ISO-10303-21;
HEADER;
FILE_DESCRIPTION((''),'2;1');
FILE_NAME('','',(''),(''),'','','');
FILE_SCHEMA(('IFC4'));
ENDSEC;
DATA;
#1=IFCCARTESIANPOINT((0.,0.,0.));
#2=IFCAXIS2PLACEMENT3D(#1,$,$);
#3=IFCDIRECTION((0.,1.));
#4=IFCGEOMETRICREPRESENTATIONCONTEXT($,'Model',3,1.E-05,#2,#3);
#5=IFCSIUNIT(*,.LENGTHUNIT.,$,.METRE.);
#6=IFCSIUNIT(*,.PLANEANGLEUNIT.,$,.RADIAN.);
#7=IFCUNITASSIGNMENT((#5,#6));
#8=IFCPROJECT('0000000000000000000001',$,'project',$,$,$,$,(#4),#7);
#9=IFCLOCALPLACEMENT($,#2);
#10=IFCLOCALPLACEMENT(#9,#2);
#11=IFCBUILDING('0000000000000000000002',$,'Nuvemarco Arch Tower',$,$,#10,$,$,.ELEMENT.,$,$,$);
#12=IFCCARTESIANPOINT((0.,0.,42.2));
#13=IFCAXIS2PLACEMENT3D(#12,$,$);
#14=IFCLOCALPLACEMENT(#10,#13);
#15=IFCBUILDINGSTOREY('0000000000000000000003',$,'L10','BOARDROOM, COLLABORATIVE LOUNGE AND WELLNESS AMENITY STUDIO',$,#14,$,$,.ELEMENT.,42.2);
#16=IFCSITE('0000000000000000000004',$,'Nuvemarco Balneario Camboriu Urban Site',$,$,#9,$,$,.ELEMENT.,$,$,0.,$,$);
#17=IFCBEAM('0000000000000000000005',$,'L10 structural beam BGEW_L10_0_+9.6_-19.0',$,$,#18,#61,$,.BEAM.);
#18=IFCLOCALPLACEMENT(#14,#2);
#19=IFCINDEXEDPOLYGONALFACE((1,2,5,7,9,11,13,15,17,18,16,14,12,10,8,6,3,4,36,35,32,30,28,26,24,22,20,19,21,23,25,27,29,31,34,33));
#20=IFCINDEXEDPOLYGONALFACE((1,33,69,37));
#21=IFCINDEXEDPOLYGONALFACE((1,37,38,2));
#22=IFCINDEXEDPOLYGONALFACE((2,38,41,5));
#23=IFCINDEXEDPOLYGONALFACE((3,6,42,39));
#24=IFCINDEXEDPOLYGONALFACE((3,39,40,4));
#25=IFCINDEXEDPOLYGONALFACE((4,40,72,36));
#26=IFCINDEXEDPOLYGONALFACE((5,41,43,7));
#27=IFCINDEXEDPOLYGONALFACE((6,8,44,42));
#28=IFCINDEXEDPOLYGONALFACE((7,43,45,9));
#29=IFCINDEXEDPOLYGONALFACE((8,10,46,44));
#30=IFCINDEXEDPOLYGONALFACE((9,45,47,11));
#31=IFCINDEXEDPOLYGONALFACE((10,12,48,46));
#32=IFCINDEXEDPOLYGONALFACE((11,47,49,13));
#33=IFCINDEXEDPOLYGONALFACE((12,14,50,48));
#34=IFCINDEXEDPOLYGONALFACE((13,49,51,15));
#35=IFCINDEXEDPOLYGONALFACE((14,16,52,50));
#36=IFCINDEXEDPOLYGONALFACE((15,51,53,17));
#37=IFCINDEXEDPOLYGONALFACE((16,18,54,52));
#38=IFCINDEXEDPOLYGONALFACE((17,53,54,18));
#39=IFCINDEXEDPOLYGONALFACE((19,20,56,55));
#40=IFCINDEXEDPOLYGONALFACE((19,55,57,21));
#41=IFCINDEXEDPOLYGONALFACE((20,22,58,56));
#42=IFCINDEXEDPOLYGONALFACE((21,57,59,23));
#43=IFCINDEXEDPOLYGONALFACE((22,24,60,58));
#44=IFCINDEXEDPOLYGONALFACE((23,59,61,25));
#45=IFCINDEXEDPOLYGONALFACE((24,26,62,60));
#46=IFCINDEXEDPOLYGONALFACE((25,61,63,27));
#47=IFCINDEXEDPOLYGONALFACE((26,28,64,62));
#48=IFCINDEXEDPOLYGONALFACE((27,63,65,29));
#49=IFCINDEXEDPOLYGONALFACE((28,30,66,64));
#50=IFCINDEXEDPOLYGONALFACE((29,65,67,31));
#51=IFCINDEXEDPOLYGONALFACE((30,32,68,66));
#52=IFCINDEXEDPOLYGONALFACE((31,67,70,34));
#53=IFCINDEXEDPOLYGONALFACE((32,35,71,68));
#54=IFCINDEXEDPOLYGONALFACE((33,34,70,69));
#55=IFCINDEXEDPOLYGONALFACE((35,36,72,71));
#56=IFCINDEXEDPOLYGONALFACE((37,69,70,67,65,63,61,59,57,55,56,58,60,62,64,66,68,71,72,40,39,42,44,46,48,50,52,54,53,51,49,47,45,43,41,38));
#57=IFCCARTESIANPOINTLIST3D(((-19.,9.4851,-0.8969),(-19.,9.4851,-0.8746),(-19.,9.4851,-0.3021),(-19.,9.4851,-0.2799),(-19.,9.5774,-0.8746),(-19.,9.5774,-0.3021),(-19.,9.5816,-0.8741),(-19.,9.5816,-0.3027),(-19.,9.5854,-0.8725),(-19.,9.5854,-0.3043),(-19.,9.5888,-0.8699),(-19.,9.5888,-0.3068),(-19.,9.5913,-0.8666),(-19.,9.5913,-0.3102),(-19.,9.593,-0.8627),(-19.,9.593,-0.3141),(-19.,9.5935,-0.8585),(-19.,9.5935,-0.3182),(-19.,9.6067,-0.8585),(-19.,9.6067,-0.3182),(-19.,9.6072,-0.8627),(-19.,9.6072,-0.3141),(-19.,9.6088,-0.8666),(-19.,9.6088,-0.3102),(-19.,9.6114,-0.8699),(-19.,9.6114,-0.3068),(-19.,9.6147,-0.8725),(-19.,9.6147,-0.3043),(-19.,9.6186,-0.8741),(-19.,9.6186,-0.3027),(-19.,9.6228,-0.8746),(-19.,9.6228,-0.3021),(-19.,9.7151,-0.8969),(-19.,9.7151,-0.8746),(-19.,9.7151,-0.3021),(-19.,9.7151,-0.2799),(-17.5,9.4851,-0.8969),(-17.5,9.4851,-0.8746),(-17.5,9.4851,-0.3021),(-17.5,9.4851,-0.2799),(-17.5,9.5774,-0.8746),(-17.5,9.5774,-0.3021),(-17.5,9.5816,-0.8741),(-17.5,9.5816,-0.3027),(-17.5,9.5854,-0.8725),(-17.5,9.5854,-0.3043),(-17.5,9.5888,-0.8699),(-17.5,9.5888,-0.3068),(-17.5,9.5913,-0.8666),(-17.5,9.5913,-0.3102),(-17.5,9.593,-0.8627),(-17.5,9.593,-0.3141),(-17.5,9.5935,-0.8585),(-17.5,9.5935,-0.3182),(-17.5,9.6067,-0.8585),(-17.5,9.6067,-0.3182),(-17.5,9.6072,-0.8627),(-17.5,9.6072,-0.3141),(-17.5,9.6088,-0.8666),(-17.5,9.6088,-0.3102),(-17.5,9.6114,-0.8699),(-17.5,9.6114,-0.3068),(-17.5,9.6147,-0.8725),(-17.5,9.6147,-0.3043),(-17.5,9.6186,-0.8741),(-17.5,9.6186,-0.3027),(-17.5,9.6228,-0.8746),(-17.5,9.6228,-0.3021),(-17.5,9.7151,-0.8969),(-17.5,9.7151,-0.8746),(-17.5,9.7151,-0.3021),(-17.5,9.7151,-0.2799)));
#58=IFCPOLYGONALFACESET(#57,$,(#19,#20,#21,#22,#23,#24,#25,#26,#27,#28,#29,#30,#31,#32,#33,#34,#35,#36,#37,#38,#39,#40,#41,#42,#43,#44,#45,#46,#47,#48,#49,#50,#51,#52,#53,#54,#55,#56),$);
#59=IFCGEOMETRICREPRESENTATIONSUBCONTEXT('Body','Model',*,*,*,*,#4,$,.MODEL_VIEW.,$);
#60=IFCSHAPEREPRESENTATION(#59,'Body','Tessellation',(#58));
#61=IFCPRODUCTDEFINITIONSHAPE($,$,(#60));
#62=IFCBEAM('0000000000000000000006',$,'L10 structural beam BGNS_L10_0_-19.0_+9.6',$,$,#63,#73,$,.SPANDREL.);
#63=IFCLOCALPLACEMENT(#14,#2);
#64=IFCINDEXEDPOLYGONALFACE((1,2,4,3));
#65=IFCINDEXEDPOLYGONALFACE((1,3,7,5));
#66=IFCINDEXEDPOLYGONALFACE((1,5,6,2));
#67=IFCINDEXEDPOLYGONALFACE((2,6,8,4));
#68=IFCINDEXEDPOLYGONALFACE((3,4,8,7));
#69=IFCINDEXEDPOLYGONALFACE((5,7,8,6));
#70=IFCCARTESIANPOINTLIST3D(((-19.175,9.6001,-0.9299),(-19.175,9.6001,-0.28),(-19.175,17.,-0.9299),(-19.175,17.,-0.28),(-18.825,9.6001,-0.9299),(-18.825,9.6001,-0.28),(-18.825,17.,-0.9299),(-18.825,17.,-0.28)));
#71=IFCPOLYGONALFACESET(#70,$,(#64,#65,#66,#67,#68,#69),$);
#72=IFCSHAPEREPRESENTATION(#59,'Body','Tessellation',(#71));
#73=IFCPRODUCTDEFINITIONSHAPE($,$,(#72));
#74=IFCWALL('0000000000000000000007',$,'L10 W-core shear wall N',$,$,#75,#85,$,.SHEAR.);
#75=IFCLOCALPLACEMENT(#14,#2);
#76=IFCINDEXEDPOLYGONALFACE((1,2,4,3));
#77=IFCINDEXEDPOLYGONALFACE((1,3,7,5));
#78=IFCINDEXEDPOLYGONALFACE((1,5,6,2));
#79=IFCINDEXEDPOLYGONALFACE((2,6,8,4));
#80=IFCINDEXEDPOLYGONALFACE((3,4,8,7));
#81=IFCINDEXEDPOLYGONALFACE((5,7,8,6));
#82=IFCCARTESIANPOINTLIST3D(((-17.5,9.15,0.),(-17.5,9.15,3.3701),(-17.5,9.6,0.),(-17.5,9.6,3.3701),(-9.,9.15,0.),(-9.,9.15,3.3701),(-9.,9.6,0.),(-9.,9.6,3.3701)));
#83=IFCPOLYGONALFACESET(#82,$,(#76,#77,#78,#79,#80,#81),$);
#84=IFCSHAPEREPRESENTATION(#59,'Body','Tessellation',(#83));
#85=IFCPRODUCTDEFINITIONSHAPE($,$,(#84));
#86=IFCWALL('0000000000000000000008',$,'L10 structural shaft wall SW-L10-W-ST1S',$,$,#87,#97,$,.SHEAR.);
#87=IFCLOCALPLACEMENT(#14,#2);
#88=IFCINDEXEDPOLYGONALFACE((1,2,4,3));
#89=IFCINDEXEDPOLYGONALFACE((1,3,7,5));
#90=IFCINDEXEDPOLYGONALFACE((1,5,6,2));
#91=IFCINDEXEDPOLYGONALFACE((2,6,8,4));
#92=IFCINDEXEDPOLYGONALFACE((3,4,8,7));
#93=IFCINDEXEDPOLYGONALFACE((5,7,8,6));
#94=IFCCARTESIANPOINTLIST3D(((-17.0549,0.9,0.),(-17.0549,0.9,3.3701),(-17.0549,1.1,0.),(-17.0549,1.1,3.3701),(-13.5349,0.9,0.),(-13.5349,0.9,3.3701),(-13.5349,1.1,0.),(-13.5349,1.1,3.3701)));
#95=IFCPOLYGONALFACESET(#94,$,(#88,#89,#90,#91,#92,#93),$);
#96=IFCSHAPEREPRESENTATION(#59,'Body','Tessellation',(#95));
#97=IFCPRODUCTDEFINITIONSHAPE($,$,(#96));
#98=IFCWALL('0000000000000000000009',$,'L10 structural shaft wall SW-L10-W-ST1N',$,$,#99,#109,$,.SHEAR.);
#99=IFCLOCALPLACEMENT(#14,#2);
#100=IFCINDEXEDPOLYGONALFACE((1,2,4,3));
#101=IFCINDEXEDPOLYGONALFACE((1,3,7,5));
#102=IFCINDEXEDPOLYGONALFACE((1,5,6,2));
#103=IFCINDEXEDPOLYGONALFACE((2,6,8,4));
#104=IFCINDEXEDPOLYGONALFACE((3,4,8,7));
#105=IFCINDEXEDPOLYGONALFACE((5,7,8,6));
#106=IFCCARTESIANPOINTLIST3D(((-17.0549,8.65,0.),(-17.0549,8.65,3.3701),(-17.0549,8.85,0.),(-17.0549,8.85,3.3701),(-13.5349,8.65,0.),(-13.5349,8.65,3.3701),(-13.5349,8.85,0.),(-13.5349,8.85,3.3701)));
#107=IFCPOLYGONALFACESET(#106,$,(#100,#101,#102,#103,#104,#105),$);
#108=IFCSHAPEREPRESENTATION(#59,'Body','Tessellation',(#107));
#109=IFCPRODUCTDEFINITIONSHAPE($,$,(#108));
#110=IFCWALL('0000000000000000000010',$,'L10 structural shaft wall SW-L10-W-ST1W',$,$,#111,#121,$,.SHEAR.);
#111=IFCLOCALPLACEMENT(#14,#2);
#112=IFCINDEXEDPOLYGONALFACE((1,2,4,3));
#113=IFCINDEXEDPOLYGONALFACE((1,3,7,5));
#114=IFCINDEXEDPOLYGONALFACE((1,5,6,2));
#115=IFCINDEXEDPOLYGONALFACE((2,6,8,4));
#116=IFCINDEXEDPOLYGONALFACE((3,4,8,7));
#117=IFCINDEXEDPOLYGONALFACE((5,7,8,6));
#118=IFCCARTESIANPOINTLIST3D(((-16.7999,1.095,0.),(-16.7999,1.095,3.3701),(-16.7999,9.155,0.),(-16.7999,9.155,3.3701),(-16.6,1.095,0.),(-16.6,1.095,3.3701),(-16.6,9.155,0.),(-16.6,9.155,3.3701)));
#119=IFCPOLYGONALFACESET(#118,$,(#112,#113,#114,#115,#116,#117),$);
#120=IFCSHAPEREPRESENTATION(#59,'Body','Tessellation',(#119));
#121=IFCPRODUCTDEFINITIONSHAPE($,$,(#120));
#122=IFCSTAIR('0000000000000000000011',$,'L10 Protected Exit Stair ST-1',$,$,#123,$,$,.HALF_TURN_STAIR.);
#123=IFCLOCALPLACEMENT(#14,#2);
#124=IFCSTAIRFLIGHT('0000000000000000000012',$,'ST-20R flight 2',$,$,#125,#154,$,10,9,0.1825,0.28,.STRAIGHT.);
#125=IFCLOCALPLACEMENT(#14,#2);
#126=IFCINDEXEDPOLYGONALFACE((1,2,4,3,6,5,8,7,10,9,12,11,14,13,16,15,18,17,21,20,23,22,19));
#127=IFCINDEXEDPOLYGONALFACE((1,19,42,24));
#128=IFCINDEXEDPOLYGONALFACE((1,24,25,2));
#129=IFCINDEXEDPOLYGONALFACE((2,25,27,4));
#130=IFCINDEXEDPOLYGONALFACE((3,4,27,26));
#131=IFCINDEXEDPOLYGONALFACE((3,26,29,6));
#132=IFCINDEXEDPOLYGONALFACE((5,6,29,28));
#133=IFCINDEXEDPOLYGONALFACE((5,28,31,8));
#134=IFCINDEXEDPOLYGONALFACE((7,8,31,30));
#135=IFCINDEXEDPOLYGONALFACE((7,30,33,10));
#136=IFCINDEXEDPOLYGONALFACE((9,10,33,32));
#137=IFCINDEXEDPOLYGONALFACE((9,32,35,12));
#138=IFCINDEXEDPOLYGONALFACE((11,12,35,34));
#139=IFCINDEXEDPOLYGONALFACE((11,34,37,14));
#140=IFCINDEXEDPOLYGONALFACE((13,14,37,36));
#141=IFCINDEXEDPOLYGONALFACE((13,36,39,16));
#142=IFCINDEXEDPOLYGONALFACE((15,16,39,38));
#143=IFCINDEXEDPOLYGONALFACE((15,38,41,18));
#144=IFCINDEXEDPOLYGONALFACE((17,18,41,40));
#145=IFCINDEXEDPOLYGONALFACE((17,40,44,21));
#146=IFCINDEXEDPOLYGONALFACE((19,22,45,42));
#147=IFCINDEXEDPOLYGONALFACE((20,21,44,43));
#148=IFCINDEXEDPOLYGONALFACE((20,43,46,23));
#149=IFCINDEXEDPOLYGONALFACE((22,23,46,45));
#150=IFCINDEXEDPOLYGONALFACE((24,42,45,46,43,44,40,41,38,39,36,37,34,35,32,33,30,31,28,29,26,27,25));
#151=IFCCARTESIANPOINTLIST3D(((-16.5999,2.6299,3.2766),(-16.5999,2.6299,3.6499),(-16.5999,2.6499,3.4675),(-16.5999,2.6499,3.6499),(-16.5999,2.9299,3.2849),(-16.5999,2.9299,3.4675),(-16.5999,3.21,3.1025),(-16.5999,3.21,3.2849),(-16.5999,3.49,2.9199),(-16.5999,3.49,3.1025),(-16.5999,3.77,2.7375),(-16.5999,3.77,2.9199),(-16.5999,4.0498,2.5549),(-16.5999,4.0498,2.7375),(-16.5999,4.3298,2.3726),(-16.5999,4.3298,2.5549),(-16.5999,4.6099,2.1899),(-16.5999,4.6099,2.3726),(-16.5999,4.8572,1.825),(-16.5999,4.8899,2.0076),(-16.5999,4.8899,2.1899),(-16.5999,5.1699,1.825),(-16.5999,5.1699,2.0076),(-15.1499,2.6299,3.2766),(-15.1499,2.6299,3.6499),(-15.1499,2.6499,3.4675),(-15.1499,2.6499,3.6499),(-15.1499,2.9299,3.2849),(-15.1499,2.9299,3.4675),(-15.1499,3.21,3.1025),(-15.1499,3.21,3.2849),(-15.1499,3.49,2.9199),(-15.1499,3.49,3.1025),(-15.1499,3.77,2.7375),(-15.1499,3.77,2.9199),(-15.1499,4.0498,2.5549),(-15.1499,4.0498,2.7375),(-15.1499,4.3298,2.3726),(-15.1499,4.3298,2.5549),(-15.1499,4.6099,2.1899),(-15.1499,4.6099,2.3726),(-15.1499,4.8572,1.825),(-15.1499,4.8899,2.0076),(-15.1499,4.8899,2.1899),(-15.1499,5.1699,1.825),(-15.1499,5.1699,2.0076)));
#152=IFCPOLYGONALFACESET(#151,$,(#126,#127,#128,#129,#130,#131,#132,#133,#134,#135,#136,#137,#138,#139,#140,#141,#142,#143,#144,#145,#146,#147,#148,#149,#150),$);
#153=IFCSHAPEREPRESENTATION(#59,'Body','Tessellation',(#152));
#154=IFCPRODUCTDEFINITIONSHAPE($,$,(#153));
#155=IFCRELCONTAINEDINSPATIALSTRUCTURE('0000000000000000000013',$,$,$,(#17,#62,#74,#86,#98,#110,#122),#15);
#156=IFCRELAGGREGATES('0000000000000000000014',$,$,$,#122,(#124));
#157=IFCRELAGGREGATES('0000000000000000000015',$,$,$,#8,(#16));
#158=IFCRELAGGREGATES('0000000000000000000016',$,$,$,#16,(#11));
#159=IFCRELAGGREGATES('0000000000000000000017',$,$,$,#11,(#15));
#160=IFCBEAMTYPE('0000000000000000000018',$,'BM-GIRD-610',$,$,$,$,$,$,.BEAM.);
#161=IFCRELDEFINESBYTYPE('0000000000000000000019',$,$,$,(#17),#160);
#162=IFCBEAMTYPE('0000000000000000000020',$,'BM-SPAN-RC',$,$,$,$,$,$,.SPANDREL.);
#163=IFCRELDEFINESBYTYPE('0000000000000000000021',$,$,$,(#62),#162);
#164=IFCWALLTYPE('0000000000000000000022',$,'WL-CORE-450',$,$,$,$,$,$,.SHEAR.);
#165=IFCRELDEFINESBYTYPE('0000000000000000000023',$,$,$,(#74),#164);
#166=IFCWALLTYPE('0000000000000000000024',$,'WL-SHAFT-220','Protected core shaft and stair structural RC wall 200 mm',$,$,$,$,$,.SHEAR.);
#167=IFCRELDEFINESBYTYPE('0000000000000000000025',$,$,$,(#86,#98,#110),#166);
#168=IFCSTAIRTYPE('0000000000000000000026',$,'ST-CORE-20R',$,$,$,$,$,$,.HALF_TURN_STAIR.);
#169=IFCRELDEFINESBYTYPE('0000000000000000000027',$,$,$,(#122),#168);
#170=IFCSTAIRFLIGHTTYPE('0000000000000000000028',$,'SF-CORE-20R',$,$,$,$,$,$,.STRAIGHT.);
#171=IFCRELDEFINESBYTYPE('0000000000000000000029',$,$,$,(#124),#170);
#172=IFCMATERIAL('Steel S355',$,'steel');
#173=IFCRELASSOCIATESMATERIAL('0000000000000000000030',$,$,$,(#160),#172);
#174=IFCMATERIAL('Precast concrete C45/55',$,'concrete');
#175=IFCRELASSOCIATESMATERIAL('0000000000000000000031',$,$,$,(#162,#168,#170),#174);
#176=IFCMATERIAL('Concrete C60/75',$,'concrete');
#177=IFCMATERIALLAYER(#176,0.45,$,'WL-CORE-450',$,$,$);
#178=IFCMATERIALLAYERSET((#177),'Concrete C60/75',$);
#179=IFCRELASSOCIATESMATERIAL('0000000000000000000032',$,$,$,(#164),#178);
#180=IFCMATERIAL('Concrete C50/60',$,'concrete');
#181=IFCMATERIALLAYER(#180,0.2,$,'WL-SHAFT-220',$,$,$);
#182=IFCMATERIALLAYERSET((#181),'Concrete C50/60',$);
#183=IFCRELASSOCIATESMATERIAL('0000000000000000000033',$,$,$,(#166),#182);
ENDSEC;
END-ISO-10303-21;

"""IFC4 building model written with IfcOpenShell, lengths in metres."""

from ifc_helpers import new_model, si_unit, direction, frame, frame_2d, origin, origin_2d, place, context, subcontext, project, spatial, polyline, rectangle, i_section, outline, extrude, material, layer, layer_set, material_profile, profile_set, type_object, element, aggregate, save


model = new_model("IFC4")

# Units and contexts
model_context = context("Model", 3, precision=1e-05, world=origin(), true_north=direction((0.0, 1.0)))
body_context = subcontext(model_context, "Body", "Model", "MODEL_VIEW")
ifc_project = project(units=[si_unit("LENGTHUNIT", "METRE"), si_unit("PLANEANGLEUNIT", "RADIAN")], contexts=[model_context])

# Site, building, storey
site_placement = place(None, origin())
site = spatial("IfcSite", under=ifc_project, at=site_placement, Name="Nuvemarco Balneario Camboriu Urban Site", CompositionType="ELEMENT", RefElevation=0.0)
building_placement = place(site_placement, origin())
building = spatial("IfcBuilding", under=site, at=building_placement, Name="Nuvemarco Arch Tower", CompositionType="ELEMENT")
storey_placement = place(building_placement, frame((0.0, 0.0, 42.2)))
storey = spatial("IfcBuildingStorey", under=building, at=storey_placement, Name="L10", Description="BOARDROOM, COLLABORATIVE LOUNGE AND WELLNESS AMENITY STUDIO", CompositionType="ELEMENT", Elevation=42.2)

# Shared definitions
ifc_material_1 = material(Name="Concrete C60/75", Category="concrete")

# Beams
ifc_material_2 = material(Name="Steel S355", Category="steel")
ifc_material_profile_1 = material_profile(ifc_material_2, i_section(OverallWidth=0.23, OverallDepth=0.6169, WebThickness=0.0132, FlangeThickness=0.0222, FilletRadius=0.0161, at=origin_2d()), Name="W610x140")
ifc_profile_set_1 = profile_set([ifc_material_profile_1], Name="Steel S355")
beam_type_1 = type_object("IfcBeamType", Name="BM-GIRD-610", PredefinedType="BEAM", material=ifc_profile_set_1)
beam_1_placement = place(storey_placement, frame((-19.0, 9.6001, -0.5884), z_axis=(1.0, 0.0, 0.0), x_axis=(0.0, 1.0, 0.0)))
element("IfcBeam", 1, at=beam_1_placement, inside=storey, type_object=beam_type_1, Name="L10 structural beam BGEW_L10_0_+9.6_-19.0", PredefinedType="BEAM", context=body_context, shape_type="SweptSolid", body=[
    extrude(i_section(OverallWidth=0.23, OverallDepth=0.6169, WebThickness=0.0132, FlangeThickness=0.0222, FilletRadius=0.0161, at=origin_2d()), origin(), (0.0, 0.0, 1.0), 1.5),
])
ifc_material_3 = material(Name="Precast concrete C45/55", Category="concrete")
ifc_material_profile_2 = material_profile(ifc_material_3, rectangle(XDim=0.3501, YDim=0.6499, at=origin_2d()), Name="PC-SP-350x650")
ifc_profile_set_2 = profile_set([ifc_material_profile_2], Name="Precast concrete C45/55")
beam_type_2 = type_object("IfcBeamType", Name="BM-SPAN-RC", PredefinedType="SPANDREL", material=ifc_profile_set_2)
beam_2_placement = place(storey_placement, frame((-19.0, 9.6001, -0.605), z_axis=(0.0, 1.0, 0.0), x_axis=(-1.0, 0.0, 0.0)))
element("IfcBeam", 2, at=beam_2_placement, inside=storey, type_object=beam_type_2, Name="L10 structural beam BGNS_L10_0_-19.0_+9.6", PredefinedType="SPANDREL", context=body_context, shape_type="SweptSolid", body=[
    extrude(rectangle(XDim=0.3501, YDim=0.6499, at=origin_2d()), origin(), (0.0, 0.0, 1.0), 7.3999),
])

# Walls
ifc_layer_1 = layer(ifc_material_1, 0.45, Name="WL-CORE-450")
ifc_layer_set_1 = layer_set([ifc_layer_1], Name="Concrete C60/75")
wall_type_1 = type_object("IfcWallType", Name="WL-CORE-450", PredefinedType="SHEAR", material=ifc_layer_set_1)
wall_1_placement = place(storey_placement, frame((-17.5, 9.375, 0.0), z_axis=(0.0, 0.0, 1.0), x_axis=(1.0, 0.0, 0.0)))
element("IfcWall", 3, at=wall_1_placement, inside=storey, type_object=wall_type_1, Name="L10 W-core shear wall N", PredefinedType="SHEAR", context=body_context, shape_type="SweptSolid", body=[
    extrude(rectangle(XDim=8.5, YDim=0.45, at=frame_2d((4.25, 0.0))), origin(), (0.0, 0.0, 1.0), 3.3701),
])
ifc_material_4 = material(Name="Concrete C50/60", Category="concrete")
ifc_layer_2 = layer(ifc_material_4, 0.2, Name="WL-SHAFT-220")
ifc_layer_set_2 = layer_set([ifc_layer_2], Name="Concrete C50/60")
wall_type_2 = type_object("IfcWallType", Name="WL-SHAFT-220", Description="Protected core shaft and stair structural RC wall 200 mm", PredefinedType="SHEAR", material=ifc_layer_set_2)
for number, where, z_axis, x_axis, name in (
    (4, (-17.0549, 1.0, 0.0), (0.0, 0.0, 1.0), (1.0, 0.0, 0.0), "L10 structural shaft wall SW-L10-W-ST1S"),
    (5, (-17.0549, 8.75, 0.0), (0.0, 0.0, 1.0), (1.0, 0.0, 0.0), "L10 structural shaft wall SW-L10-W-ST1N"),
):
    element("IfcWall", number, at=place(storey_placement, frame(where, z_axis=z_axis, x_axis=x_axis)), inside=storey, type_object=wall_type_2, Name=name, PredefinedType="SHEAR", context=body_context, shape_type="SweptSolid", body=[
        extrude(rectangle(XDim=3.52, YDim=0.2, at=frame_2d((1.76, 0.0))), origin(), (0.0, 0.0, 1.0), 3.3701),
    ])
wall_2_placement = place(storey_placement, frame((-16.7, 1.095, 0.0), z_axis=(0.0, 0.0, 1.0), x_axis=(0.0, 1.0, 0.0)))
element("IfcWall", 6, at=wall_2_placement, inside=storey, type_object=wall_type_2, Name="L10 structural shaft wall SW-L10-W-ST1W", PredefinedType="SHEAR", context=body_context, shape_type="SweptSolid", body=[
    extrude(rectangle(XDim=8.0601, YDim=0.2, at=frame_2d((4.03, 0.0))), origin(), (0.0, 0.0, 1.0), 3.3701),
])

# Stair, stair flight
stair_type = type_object("IfcStairType", Name="ST-CORE-20R", PredefinedType="HALF_TURN_STAIR", material=ifc_material_3)
stair_placement = place(storey_placement, origin())
stair = element("IfcStair", 7, at=stair_placement, inside=storey, type_object=stair_type, Name="L10 Protected Exit Stair ST-1", PredefinedType="HALF_TURN_STAIR")
stair_flight_type = type_object("IfcStairFlightType", Name="SF-CORE-20R", PredefinedType="STRAIGHT", material=ifc_material_3)
stair_flight_placement = place(storey_placement, frame((-15.875, 5.1699, 1.825), z_axis=(0.0, 0.0, 1.0), x_axis=(0.0, -1.0, 0.0)))
stair_flight = element("IfcStairFlight", 8, at=stair_flight_placement, type_object=stair_flight_type, Name="ST-20R flight 2", NumberOfRisers=10, NumberOfTreads=9, PredefinedType="STRAIGHT", RiserHeight=0.1825, TreadLength=0.28, context=body_context, shape_type="SweptSolid", body=[
    extrude(outline(polyline([(0.0, 0.0), (0.0, 0.1826), (0.28, 0.1826), (0.28, 0.365), (0.5601, 0.365), (0.5601, 0.5476), (0.8401, 0.5476), (0.8401, 0.73), (1.1201, 0.73), (1.1201, 0.9126), (1.3999, 0.9126), (1.3999, 1.095), (1.6799, 1.095), (1.6799, 1.2776), (1.96, 1.2776), (1.96, 1.46), (2.24, 1.46), (2.24, 1.6426), (2.52, 1.6426), (2.52, 1.825), (2.54, 1.825), (2.54, 1.4517), (0.3127, 0.0), (0.0, 0.0)])), frame((0.0, 0.7251, 0.0), z_axis=(0.0, -1.0, 0.0), x_axis=(1.0, 0.0, 0.0)), (0.0, 0.0, 1.0), 1.45),
])
aggregate(stair, [stair_flight])

save(model, "model.ifc")
